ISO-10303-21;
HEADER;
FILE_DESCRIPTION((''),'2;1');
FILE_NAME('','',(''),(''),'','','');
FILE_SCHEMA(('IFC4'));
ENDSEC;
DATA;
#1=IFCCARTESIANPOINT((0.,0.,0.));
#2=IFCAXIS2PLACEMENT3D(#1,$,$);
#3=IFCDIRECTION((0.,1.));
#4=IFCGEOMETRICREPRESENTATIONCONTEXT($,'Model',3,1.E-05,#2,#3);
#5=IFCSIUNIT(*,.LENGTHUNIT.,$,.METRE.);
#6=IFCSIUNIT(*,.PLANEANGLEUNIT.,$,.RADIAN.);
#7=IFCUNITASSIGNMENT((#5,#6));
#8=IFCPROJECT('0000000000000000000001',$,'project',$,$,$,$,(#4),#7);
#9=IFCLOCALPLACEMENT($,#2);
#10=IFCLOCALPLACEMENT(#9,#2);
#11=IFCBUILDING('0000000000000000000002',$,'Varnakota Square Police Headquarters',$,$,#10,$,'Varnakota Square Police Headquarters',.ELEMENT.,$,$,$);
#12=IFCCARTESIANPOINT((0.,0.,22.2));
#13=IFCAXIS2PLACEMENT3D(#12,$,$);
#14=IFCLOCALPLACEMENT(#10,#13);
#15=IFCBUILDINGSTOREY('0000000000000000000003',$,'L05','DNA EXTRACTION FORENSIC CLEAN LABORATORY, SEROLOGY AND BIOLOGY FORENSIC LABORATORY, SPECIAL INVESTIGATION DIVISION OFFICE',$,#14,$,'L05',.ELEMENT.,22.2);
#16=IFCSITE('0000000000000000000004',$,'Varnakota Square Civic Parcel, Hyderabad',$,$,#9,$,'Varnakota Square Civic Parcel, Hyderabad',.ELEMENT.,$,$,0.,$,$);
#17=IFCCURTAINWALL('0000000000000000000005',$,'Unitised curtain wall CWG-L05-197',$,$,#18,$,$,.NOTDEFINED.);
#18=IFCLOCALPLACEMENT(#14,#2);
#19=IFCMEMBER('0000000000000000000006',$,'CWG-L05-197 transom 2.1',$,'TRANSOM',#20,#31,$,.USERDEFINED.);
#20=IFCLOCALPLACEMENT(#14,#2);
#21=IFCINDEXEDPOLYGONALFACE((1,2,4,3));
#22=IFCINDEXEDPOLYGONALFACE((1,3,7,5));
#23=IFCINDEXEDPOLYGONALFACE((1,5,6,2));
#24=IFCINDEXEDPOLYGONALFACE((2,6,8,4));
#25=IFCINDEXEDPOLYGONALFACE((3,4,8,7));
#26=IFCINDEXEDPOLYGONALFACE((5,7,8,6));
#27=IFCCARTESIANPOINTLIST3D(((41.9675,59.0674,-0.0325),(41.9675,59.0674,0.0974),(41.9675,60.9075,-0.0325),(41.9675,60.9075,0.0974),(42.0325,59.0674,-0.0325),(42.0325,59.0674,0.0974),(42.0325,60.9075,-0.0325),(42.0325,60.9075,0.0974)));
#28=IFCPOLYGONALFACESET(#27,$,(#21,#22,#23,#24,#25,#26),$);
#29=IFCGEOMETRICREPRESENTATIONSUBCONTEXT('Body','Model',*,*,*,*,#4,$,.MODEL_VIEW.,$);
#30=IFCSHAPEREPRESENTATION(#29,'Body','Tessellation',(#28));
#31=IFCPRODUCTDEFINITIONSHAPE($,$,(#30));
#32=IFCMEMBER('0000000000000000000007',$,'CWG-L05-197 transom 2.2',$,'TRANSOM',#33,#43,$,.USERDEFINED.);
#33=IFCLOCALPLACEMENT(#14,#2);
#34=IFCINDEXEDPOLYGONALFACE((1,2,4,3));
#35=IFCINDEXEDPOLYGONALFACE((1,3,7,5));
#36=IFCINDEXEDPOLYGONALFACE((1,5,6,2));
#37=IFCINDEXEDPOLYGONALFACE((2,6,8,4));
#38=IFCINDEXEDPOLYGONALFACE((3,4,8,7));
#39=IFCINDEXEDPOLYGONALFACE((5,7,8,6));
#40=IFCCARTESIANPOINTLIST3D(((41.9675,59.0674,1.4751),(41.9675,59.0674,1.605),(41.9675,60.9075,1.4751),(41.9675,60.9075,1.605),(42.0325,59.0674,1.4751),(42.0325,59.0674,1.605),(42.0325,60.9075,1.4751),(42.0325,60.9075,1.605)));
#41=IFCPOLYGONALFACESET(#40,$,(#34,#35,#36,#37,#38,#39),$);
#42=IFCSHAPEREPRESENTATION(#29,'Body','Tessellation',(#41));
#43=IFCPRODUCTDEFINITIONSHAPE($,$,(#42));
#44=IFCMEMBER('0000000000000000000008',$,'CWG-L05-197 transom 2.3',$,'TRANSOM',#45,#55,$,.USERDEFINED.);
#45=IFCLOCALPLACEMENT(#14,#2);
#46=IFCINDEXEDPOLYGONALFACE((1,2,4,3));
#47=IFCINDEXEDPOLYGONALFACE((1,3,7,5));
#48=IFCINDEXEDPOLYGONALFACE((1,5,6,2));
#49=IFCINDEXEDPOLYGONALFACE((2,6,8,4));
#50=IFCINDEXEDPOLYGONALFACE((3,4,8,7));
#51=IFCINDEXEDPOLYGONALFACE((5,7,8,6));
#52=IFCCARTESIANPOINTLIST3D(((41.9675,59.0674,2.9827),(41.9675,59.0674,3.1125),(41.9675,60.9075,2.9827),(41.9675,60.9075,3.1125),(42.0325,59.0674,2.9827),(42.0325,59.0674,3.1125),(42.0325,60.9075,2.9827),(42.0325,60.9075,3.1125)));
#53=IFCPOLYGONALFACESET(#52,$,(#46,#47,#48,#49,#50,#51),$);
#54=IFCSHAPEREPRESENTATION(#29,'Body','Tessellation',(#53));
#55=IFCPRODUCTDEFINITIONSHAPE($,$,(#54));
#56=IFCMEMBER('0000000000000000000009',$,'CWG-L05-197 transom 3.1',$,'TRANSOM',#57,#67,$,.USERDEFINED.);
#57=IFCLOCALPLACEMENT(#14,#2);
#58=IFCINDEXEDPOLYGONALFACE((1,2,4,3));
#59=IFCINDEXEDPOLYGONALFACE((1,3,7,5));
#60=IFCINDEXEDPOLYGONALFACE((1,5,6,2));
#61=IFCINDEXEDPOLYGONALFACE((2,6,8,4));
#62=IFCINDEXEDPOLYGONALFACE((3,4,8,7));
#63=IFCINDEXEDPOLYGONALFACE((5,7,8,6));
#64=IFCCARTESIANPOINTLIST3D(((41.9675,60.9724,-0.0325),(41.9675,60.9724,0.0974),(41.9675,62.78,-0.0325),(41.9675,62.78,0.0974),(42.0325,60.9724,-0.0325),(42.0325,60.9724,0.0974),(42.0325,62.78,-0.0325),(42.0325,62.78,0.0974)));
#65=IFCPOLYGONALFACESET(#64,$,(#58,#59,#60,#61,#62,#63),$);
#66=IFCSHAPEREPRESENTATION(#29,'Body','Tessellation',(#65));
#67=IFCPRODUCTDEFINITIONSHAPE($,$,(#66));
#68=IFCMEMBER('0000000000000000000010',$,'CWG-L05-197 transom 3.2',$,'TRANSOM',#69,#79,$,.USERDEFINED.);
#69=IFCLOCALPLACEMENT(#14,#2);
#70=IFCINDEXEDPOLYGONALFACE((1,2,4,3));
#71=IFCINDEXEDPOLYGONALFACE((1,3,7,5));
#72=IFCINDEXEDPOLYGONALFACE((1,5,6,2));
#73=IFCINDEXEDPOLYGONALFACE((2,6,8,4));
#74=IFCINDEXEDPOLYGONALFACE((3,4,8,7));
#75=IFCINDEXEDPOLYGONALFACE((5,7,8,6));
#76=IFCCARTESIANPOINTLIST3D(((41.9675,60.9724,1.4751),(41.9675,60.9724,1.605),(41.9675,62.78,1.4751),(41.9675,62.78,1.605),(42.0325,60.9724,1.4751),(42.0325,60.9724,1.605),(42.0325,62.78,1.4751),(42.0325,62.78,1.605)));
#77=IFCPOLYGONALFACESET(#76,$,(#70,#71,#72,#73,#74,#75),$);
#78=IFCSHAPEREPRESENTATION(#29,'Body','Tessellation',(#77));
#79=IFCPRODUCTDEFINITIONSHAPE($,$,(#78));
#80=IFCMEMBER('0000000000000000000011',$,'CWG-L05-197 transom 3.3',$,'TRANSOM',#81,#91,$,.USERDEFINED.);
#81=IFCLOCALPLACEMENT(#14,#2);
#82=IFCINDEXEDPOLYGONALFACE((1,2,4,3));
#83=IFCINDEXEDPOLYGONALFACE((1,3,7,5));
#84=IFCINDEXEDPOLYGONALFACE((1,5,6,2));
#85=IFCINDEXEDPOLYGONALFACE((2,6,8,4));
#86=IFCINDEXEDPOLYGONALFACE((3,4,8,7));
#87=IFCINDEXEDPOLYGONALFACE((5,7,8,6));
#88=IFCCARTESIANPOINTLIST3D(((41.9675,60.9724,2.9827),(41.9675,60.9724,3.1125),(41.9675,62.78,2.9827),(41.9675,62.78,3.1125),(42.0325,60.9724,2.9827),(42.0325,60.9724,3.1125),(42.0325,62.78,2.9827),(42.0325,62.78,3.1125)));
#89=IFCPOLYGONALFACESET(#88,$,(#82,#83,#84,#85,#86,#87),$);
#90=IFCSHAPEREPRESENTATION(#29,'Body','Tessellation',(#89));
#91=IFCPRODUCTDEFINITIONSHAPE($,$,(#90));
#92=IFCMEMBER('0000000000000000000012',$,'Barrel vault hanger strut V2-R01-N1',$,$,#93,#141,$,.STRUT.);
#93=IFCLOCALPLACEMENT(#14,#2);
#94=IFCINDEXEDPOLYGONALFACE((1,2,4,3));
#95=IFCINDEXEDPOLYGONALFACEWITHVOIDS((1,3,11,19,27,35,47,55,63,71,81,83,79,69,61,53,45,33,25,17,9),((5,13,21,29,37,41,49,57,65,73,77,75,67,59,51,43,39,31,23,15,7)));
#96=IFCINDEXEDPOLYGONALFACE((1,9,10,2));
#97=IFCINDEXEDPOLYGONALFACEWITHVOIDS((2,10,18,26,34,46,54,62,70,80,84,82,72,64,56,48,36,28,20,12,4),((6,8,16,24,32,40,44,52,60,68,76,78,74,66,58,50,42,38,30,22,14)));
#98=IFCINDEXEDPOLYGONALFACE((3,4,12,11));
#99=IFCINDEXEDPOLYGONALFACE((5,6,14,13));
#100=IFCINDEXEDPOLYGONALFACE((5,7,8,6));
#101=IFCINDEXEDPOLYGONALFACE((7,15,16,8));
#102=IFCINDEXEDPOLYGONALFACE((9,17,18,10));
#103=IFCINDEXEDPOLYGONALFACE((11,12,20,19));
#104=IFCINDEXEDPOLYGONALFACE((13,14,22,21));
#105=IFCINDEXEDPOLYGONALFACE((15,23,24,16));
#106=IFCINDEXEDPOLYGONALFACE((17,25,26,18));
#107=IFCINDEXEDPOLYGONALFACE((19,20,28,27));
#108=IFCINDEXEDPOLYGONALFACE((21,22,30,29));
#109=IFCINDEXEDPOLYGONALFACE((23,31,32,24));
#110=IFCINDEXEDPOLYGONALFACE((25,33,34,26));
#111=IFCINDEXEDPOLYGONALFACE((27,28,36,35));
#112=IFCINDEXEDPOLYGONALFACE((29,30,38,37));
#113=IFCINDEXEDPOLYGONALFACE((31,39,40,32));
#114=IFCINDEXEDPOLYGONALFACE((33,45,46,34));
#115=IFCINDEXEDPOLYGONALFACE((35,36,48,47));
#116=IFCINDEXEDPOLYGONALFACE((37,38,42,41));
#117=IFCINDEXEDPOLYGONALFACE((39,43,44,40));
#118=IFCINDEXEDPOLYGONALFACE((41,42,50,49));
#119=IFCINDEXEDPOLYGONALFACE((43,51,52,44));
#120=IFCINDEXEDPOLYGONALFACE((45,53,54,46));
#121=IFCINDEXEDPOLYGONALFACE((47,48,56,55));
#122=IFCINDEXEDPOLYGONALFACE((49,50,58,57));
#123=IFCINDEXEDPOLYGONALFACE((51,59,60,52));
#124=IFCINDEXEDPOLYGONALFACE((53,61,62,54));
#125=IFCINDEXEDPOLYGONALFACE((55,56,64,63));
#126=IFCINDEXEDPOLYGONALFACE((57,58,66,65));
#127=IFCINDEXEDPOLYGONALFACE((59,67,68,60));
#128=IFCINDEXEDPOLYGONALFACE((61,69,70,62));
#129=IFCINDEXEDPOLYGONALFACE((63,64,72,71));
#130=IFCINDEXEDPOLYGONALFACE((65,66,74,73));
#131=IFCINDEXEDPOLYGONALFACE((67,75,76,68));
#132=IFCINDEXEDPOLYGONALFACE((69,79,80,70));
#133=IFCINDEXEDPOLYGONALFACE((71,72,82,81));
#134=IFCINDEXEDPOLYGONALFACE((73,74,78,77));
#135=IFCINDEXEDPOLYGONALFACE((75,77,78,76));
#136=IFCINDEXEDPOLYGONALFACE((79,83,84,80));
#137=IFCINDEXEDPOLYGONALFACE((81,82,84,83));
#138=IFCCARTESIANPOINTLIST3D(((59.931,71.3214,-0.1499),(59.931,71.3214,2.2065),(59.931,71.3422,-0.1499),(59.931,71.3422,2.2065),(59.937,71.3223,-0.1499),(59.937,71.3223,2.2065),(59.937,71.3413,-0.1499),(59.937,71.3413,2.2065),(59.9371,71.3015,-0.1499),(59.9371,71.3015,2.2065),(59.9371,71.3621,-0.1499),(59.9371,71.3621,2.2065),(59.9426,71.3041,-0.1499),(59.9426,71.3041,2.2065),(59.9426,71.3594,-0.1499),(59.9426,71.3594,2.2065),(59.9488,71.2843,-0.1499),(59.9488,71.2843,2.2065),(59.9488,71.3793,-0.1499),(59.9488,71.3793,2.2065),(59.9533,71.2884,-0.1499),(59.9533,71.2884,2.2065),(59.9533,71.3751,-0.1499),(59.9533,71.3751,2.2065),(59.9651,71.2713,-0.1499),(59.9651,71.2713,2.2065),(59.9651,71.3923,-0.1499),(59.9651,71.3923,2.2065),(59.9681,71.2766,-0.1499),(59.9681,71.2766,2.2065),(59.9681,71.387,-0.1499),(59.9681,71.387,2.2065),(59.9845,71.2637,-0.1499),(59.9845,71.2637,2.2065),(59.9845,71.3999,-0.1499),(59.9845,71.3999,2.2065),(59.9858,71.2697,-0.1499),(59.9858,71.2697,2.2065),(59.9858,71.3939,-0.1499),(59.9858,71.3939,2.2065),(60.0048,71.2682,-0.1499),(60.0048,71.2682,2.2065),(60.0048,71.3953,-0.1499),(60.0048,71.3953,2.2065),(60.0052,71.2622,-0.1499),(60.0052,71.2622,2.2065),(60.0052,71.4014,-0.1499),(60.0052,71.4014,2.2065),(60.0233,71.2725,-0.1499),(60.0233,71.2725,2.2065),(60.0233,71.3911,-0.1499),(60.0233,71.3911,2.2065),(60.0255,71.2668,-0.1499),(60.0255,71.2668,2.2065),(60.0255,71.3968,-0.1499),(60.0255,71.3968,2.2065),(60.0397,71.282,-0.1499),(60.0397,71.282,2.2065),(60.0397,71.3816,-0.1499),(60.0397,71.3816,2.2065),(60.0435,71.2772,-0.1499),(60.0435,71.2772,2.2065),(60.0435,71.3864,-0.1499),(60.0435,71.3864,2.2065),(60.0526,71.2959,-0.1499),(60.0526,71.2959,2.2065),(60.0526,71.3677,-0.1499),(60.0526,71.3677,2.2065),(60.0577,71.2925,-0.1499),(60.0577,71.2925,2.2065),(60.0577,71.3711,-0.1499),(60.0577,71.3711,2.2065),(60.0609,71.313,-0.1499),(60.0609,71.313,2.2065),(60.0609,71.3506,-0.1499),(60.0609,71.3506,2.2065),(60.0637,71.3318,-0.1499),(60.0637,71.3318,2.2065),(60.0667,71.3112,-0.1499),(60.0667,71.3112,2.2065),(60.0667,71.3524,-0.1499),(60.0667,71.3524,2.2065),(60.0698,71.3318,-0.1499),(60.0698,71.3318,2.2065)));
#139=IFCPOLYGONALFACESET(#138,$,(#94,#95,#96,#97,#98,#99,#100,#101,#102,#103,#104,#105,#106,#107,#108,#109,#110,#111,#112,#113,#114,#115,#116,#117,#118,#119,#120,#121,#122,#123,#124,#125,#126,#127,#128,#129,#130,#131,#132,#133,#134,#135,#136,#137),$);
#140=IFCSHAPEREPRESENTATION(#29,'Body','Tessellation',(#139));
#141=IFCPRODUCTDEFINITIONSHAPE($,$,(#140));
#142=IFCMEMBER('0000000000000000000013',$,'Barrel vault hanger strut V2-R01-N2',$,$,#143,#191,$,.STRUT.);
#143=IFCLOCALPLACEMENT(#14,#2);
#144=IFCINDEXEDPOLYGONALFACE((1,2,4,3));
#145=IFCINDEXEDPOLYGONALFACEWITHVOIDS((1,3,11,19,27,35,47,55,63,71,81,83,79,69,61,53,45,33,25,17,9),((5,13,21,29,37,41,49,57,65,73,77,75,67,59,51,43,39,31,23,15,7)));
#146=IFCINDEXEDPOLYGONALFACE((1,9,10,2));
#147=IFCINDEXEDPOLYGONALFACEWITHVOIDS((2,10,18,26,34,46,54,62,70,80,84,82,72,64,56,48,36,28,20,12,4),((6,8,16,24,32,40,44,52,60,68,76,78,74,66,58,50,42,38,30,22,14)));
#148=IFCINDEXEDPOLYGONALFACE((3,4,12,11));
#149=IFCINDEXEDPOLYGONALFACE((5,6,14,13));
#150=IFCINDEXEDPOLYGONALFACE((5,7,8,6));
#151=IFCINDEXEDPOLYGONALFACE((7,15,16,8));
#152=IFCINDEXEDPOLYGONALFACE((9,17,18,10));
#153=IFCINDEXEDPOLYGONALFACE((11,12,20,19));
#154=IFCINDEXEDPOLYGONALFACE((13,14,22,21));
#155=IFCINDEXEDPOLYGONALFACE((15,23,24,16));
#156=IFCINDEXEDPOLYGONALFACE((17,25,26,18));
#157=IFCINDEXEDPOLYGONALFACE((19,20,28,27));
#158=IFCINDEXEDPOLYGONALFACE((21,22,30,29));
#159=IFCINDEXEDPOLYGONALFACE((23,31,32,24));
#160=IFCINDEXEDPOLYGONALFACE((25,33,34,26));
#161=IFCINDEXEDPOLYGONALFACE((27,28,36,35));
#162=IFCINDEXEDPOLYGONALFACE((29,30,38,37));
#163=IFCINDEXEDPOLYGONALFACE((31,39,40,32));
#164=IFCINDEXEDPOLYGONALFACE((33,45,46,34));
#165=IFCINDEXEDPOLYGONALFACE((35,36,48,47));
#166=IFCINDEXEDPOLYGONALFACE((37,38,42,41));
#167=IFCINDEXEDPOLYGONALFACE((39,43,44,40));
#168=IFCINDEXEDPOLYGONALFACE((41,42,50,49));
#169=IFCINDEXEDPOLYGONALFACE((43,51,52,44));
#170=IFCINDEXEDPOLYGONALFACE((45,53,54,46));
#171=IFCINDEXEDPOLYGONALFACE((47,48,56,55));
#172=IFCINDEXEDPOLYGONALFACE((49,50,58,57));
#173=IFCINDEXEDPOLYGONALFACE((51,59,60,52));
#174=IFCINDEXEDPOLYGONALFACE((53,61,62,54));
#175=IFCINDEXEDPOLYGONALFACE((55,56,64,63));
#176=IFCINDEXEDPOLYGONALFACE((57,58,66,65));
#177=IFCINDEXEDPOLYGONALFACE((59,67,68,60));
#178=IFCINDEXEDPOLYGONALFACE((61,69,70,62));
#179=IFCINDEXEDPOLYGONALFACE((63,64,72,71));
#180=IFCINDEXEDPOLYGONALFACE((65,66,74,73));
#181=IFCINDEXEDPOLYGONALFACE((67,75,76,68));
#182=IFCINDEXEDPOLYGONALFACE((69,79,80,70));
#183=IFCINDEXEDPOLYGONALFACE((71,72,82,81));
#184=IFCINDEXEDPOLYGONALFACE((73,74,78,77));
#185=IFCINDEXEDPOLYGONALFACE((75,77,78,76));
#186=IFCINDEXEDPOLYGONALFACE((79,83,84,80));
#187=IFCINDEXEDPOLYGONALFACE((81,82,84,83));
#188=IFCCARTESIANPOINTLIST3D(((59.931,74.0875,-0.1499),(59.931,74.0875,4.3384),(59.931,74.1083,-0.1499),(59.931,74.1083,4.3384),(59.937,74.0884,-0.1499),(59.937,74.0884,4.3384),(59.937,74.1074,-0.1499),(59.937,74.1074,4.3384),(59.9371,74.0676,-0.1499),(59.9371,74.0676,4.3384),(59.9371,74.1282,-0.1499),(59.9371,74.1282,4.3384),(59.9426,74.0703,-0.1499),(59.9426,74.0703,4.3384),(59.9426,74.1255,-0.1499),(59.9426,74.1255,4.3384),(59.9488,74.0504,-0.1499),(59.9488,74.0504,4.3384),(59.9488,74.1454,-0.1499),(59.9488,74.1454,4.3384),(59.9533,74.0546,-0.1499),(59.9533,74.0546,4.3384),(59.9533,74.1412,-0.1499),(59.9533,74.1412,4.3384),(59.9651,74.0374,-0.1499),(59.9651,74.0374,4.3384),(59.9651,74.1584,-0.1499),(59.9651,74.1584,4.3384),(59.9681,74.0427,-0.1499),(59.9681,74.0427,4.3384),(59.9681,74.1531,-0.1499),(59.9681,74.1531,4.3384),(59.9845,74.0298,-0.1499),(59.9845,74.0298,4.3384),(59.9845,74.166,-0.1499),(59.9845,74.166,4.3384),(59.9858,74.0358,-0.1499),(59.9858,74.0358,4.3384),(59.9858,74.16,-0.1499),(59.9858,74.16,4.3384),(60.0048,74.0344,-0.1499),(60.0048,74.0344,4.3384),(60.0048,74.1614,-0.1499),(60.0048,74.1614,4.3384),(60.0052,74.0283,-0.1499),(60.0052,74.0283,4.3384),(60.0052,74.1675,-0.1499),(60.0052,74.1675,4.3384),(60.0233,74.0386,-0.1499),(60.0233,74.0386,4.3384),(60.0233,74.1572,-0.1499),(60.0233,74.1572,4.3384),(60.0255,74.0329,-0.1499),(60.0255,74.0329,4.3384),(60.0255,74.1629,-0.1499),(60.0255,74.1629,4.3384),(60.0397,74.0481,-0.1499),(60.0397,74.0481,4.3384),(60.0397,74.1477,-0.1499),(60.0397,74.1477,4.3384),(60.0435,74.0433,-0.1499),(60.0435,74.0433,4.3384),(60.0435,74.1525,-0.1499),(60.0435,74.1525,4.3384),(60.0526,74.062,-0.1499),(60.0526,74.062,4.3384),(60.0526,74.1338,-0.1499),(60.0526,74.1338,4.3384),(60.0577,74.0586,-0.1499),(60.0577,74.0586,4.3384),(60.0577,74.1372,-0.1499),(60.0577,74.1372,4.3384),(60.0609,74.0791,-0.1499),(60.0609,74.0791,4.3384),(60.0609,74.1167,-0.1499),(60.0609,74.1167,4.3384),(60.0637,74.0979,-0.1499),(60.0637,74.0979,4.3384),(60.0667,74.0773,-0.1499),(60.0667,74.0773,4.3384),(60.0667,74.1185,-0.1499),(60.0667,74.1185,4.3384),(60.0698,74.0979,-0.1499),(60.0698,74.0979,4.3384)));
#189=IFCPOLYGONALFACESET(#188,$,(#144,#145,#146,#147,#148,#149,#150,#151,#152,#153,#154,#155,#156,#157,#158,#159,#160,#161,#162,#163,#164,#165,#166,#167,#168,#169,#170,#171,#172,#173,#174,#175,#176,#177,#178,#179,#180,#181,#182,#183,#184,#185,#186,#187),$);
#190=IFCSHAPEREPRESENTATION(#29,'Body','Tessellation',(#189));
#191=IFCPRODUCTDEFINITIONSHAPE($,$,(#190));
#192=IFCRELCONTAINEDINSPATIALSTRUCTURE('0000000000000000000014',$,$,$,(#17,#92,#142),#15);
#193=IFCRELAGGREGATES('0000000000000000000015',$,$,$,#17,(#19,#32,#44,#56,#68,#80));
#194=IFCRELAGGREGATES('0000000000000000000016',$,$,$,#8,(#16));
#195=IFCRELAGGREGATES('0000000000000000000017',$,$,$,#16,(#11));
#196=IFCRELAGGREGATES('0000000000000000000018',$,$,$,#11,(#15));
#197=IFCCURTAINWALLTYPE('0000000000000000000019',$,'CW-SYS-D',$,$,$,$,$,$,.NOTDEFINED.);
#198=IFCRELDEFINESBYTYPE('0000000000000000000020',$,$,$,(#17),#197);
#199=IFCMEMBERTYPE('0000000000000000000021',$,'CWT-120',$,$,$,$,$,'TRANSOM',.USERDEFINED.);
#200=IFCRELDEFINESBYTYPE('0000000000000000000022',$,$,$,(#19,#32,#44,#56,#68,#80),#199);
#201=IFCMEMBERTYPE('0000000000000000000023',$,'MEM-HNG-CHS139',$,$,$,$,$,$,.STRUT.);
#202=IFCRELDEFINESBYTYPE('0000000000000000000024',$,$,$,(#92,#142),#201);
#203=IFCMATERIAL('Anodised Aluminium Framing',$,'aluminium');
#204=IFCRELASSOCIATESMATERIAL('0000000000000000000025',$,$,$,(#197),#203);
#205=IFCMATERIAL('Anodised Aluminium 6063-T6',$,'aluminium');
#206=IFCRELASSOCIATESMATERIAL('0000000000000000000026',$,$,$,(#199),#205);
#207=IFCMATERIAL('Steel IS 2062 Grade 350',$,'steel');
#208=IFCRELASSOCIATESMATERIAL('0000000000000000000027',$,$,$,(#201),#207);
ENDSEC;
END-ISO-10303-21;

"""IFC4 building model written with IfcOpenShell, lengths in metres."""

from ifc_helpers import new_model, si_unit, direction, frame, origin, origin_2d, place, context, subcontext, project, spatial, rectangle, hollow_circle, extrude, material, material_profile, profile_set, type_object, element, aggregate, save


model = new_model("IFC4")

# Units and contexts
model_context = context("Model", 3, precision=1e-05, world=origin(), true_north=direction((0.0, 1.0)))
body_context = subcontext(model_context, "Body", "Model", "MODEL_VIEW")
ifc_project = project(units=[si_unit("LENGTHUNIT", "METRE"), si_unit("PLANEANGLEUNIT", "RADIAN")], contexts=[model_context])

# Site, building, storey
site_placement = place(None, origin())
site = spatial("IfcSite", under=ifc_project, at=site_placement, Name="Varnakota Square Civic Parcel, Hyderabad", LongName="Varnakota Square Civic Parcel, Hyderabad", CompositionType="ELEMENT", RefElevation=0.0)
building_placement = place(site_placement, origin())
building = spatial("IfcBuilding", under=site, at=building_placement, Name="Varnakota Square Police Headquarters", LongName="Varnakota Square Police Headquarters", CompositionType="ELEMENT")
storey_placement = place(building_placement, frame((0.0, 0.0, 22.2)))
storey = spatial("IfcBuildingStorey", under=building, at=storey_placement, Name="L05", Description="DNA EXTRACTION FORENSIC CLEAN LABORATORY, SEROLOGY AND BIOLOGY FORENSIC LABORATORY, SPECIAL INVESTIGATION DIVISION OFFICE", LongName="L05", CompositionType="ELEMENT", Elevation=22.2)

# Shared definitions
ifc_material_1 = material(Name="Steel IS 2062 Grade 350", Category="steel")

# Shared definitions
ifc_material_2 = material(Name="Anodised Aluminium Framing", Category="aluminium")
curtain_wall_type = type_object("IfcCurtainWallType", Name="CW-SYS-D", PredefinedType="NOTDEFINED", material=ifc_material_2)
ifc_material_3 = material(Name="Anodised Aluminium 6063-T6", Category="aluminium")

# Curtain wall
curtain_wall_1_placement = place(storey_placement, origin())
curtain_wall_1 = element("IfcCurtainWall", 1, at=curtain_wall_1_placement, inside=storey, type_object=curtain_wall_type, Name="Unitised curtain wall CWG-L05-197", PredefinedType="NOTDEFINED")

# Members
ifc_material_profile_1 = material_profile(ifc_material_3, rectangle(XDim=0.0649, YDim=0.1299, at=origin_2d()), Name="ALU TRANSOM 65x130")
ifc_profile_set_1 = profile_set([ifc_material_profile_1], Name="Anodised Aluminium 6063-T6")
member_type_1 = type_object("IfcMemberType", Name="CWT-120", ElementType="TRANSOM", PredefinedType="USERDEFINED", material=ifc_profile_set_1)
member_1_placement = place(storey_placement, frame((42.0, 59.0674, 0.0325), z_axis=(0.0, 1.0, 0.0), x_axis=(-1.0, 0.0, 0.0)))
member_1 = element("IfcMember", 2, at=member_1_placement, type_object=member_type_1, Name="CWG-L05-197 transom 2.1", ObjectType="TRANSOM", PredefinedType="USERDEFINED", context=body_context, shape_type="SweptSolid", body=[
    extrude(rectangle(XDim=0.0649, YDim=0.1299, at=origin_2d()), origin(), (0.0, 0.0, 1.0), 1.8401),
])
member_2_placement = place(storey_placement, frame((42.0, 59.0674, 1.54), z_axis=(0.0, 1.0, 0.0), x_axis=(-1.0, 0.0, 0.0)))
member_2 = element("IfcMember", 3, at=member_2_placement, type_object=member_type_1, Name="CWG-L05-197 transom 2.2", ObjectType="TRANSOM", PredefinedType="USERDEFINED", context=body_context, shape_type="SweptSolid", body=[
    extrude(rectangle(XDim=0.0649, YDim=0.1299, at=origin_2d()), origin(), (0.0, 0.0, 1.0), 1.8401),
])
member_3_placement = place(storey_placement, frame((42.0, 59.0674, 3.0476), z_axis=(0.0, 1.0, 0.0), x_axis=(-1.0, 0.0, 0.0)))
member_3 = element("IfcMember", 4, at=member_3_placement, type_object=member_type_1, Name="CWG-L05-197 transom 2.3", ObjectType="TRANSOM", PredefinedType="USERDEFINED", context=body_context, shape_type="SweptSolid", body=[
    extrude(rectangle(XDim=0.0649, YDim=0.1299, at=origin_2d()), origin(), (0.0, 0.0, 1.0), 1.8401),
])
member_4_placement = place(storey_placement, frame((42.0, 60.9724, 0.0325), z_axis=(0.0, 1.0, 0.0), x_axis=(-1.0, 0.0, 0.0)))
member_4 = element("IfcMember", 5, at=member_4_placement, type_object=member_type_1, Name="CWG-L05-197 transom 3.1", ObjectType="TRANSOM", PredefinedType="USERDEFINED", context=body_context, shape_type="SweptSolid", body=[
    extrude(rectangle(XDim=0.0649, YDim=0.1299, at=origin_2d()), origin(), (0.0, 0.0, 1.0), 1.8076),
])
member_5_placement = place(storey_placement, frame((42.0, 60.9724, 1.54), z_axis=(0.0, 1.0, 0.0), x_axis=(-1.0, 0.0, 0.0)))
member_5 = element("IfcMember", 6, at=member_5_placement, type_object=member_type_1, Name="CWG-L05-197 transom 3.2", ObjectType="TRANSOM", PredefinedType="USERDEFINED", context=body_context, shape_type="SweptSolid", body=[
    extrude(rectangle(XDim=0.0649, YDim=0.1299, at=origin_2d()), origin(), (0.0, 0.0, 1.0), 1.8076),
])
member_6_placement = place(storey_placement, frame((42.0, 60.9724, 3.0476), z_axis=(0.0, 1.0, 0.0), x_axis=(-1.0, 0.0, 0.0)))
member_6 = element("IfcMember", 7, at=member_6_placement, type_object=member_type_1, Name="CWG-L05-197 transom 3.3", ObjectType="TRANSOM", PredefinedType="USERDEFINED", context=body_context, shape_type="SweptSolid", body=[
    extrude(rectangle(XDim=0.0649, YDim=0.1299, at=origin_2d()), origin(), (0.0, 0.0, 1.0), 1.8076),
])

# Members
ifc_material_profile_2 = material_profile(ifc_material_1, hollow_circle(Radius=0.0698, WallThickness=0.0061, at=origin_2d()), Name="CHS 139.7x6.0")
ifc_profile_set_2 = profile_set([ifc_material_profile_2], Name="Steel IS 2062 Grade 350")
member_type_2 = type_object("IfcMemberType", Name="MEM-HNG-CHS139", PredefinedType="STRUT", material=ifc_profile_set_2)
member_7_placement = place(storey_placement, frame((60.0, 71.3318, -0.1499), z_axis=(0.0, 0.0, 1.0), x_axis=(1.0, 0.0, 0.0)))
element("IfcMember", 8, at=member_7_placement, inside=storey, type_object=member_type_2, Name="Barrel vault hanger strut V2-R01-N1", PredefinedType="STRUT", context=body_context, shape_type="SweptSolid", body=[
    extrude(hollow_circle(Radius=0.0698, WallThickness=0.0061, at=origin_2d()), origin(), (0.0, 0.0, 1.0), 2.3564),
])
member_8_placement = place(storey_placement, frame((60.0, 74.0979, -0.1499), z_axis=(0.0, 0.0, 1.0), x_axis=(1.0, 0.0, 0.0)))
element("IfcMember", 9, at=member_8_placement, inside=storey, type_object=member_type_2, Name="Barrel vault hanger strut V2-R01-N2", PredefinedType="STRUT", context=body_context, shape_type="SweptSolid", body=[
    extrude(hollow_circle(Radius=0.0698, WallThickness=0.0061, at=origin_2d()), origin(), (0.0, 0.0, 1.0), 4.4883),
])

aggregate(curtain_wall_1, [member_1, member_2, member_3, member_4, member_5, member_6])

save(model, "model.ifc")
